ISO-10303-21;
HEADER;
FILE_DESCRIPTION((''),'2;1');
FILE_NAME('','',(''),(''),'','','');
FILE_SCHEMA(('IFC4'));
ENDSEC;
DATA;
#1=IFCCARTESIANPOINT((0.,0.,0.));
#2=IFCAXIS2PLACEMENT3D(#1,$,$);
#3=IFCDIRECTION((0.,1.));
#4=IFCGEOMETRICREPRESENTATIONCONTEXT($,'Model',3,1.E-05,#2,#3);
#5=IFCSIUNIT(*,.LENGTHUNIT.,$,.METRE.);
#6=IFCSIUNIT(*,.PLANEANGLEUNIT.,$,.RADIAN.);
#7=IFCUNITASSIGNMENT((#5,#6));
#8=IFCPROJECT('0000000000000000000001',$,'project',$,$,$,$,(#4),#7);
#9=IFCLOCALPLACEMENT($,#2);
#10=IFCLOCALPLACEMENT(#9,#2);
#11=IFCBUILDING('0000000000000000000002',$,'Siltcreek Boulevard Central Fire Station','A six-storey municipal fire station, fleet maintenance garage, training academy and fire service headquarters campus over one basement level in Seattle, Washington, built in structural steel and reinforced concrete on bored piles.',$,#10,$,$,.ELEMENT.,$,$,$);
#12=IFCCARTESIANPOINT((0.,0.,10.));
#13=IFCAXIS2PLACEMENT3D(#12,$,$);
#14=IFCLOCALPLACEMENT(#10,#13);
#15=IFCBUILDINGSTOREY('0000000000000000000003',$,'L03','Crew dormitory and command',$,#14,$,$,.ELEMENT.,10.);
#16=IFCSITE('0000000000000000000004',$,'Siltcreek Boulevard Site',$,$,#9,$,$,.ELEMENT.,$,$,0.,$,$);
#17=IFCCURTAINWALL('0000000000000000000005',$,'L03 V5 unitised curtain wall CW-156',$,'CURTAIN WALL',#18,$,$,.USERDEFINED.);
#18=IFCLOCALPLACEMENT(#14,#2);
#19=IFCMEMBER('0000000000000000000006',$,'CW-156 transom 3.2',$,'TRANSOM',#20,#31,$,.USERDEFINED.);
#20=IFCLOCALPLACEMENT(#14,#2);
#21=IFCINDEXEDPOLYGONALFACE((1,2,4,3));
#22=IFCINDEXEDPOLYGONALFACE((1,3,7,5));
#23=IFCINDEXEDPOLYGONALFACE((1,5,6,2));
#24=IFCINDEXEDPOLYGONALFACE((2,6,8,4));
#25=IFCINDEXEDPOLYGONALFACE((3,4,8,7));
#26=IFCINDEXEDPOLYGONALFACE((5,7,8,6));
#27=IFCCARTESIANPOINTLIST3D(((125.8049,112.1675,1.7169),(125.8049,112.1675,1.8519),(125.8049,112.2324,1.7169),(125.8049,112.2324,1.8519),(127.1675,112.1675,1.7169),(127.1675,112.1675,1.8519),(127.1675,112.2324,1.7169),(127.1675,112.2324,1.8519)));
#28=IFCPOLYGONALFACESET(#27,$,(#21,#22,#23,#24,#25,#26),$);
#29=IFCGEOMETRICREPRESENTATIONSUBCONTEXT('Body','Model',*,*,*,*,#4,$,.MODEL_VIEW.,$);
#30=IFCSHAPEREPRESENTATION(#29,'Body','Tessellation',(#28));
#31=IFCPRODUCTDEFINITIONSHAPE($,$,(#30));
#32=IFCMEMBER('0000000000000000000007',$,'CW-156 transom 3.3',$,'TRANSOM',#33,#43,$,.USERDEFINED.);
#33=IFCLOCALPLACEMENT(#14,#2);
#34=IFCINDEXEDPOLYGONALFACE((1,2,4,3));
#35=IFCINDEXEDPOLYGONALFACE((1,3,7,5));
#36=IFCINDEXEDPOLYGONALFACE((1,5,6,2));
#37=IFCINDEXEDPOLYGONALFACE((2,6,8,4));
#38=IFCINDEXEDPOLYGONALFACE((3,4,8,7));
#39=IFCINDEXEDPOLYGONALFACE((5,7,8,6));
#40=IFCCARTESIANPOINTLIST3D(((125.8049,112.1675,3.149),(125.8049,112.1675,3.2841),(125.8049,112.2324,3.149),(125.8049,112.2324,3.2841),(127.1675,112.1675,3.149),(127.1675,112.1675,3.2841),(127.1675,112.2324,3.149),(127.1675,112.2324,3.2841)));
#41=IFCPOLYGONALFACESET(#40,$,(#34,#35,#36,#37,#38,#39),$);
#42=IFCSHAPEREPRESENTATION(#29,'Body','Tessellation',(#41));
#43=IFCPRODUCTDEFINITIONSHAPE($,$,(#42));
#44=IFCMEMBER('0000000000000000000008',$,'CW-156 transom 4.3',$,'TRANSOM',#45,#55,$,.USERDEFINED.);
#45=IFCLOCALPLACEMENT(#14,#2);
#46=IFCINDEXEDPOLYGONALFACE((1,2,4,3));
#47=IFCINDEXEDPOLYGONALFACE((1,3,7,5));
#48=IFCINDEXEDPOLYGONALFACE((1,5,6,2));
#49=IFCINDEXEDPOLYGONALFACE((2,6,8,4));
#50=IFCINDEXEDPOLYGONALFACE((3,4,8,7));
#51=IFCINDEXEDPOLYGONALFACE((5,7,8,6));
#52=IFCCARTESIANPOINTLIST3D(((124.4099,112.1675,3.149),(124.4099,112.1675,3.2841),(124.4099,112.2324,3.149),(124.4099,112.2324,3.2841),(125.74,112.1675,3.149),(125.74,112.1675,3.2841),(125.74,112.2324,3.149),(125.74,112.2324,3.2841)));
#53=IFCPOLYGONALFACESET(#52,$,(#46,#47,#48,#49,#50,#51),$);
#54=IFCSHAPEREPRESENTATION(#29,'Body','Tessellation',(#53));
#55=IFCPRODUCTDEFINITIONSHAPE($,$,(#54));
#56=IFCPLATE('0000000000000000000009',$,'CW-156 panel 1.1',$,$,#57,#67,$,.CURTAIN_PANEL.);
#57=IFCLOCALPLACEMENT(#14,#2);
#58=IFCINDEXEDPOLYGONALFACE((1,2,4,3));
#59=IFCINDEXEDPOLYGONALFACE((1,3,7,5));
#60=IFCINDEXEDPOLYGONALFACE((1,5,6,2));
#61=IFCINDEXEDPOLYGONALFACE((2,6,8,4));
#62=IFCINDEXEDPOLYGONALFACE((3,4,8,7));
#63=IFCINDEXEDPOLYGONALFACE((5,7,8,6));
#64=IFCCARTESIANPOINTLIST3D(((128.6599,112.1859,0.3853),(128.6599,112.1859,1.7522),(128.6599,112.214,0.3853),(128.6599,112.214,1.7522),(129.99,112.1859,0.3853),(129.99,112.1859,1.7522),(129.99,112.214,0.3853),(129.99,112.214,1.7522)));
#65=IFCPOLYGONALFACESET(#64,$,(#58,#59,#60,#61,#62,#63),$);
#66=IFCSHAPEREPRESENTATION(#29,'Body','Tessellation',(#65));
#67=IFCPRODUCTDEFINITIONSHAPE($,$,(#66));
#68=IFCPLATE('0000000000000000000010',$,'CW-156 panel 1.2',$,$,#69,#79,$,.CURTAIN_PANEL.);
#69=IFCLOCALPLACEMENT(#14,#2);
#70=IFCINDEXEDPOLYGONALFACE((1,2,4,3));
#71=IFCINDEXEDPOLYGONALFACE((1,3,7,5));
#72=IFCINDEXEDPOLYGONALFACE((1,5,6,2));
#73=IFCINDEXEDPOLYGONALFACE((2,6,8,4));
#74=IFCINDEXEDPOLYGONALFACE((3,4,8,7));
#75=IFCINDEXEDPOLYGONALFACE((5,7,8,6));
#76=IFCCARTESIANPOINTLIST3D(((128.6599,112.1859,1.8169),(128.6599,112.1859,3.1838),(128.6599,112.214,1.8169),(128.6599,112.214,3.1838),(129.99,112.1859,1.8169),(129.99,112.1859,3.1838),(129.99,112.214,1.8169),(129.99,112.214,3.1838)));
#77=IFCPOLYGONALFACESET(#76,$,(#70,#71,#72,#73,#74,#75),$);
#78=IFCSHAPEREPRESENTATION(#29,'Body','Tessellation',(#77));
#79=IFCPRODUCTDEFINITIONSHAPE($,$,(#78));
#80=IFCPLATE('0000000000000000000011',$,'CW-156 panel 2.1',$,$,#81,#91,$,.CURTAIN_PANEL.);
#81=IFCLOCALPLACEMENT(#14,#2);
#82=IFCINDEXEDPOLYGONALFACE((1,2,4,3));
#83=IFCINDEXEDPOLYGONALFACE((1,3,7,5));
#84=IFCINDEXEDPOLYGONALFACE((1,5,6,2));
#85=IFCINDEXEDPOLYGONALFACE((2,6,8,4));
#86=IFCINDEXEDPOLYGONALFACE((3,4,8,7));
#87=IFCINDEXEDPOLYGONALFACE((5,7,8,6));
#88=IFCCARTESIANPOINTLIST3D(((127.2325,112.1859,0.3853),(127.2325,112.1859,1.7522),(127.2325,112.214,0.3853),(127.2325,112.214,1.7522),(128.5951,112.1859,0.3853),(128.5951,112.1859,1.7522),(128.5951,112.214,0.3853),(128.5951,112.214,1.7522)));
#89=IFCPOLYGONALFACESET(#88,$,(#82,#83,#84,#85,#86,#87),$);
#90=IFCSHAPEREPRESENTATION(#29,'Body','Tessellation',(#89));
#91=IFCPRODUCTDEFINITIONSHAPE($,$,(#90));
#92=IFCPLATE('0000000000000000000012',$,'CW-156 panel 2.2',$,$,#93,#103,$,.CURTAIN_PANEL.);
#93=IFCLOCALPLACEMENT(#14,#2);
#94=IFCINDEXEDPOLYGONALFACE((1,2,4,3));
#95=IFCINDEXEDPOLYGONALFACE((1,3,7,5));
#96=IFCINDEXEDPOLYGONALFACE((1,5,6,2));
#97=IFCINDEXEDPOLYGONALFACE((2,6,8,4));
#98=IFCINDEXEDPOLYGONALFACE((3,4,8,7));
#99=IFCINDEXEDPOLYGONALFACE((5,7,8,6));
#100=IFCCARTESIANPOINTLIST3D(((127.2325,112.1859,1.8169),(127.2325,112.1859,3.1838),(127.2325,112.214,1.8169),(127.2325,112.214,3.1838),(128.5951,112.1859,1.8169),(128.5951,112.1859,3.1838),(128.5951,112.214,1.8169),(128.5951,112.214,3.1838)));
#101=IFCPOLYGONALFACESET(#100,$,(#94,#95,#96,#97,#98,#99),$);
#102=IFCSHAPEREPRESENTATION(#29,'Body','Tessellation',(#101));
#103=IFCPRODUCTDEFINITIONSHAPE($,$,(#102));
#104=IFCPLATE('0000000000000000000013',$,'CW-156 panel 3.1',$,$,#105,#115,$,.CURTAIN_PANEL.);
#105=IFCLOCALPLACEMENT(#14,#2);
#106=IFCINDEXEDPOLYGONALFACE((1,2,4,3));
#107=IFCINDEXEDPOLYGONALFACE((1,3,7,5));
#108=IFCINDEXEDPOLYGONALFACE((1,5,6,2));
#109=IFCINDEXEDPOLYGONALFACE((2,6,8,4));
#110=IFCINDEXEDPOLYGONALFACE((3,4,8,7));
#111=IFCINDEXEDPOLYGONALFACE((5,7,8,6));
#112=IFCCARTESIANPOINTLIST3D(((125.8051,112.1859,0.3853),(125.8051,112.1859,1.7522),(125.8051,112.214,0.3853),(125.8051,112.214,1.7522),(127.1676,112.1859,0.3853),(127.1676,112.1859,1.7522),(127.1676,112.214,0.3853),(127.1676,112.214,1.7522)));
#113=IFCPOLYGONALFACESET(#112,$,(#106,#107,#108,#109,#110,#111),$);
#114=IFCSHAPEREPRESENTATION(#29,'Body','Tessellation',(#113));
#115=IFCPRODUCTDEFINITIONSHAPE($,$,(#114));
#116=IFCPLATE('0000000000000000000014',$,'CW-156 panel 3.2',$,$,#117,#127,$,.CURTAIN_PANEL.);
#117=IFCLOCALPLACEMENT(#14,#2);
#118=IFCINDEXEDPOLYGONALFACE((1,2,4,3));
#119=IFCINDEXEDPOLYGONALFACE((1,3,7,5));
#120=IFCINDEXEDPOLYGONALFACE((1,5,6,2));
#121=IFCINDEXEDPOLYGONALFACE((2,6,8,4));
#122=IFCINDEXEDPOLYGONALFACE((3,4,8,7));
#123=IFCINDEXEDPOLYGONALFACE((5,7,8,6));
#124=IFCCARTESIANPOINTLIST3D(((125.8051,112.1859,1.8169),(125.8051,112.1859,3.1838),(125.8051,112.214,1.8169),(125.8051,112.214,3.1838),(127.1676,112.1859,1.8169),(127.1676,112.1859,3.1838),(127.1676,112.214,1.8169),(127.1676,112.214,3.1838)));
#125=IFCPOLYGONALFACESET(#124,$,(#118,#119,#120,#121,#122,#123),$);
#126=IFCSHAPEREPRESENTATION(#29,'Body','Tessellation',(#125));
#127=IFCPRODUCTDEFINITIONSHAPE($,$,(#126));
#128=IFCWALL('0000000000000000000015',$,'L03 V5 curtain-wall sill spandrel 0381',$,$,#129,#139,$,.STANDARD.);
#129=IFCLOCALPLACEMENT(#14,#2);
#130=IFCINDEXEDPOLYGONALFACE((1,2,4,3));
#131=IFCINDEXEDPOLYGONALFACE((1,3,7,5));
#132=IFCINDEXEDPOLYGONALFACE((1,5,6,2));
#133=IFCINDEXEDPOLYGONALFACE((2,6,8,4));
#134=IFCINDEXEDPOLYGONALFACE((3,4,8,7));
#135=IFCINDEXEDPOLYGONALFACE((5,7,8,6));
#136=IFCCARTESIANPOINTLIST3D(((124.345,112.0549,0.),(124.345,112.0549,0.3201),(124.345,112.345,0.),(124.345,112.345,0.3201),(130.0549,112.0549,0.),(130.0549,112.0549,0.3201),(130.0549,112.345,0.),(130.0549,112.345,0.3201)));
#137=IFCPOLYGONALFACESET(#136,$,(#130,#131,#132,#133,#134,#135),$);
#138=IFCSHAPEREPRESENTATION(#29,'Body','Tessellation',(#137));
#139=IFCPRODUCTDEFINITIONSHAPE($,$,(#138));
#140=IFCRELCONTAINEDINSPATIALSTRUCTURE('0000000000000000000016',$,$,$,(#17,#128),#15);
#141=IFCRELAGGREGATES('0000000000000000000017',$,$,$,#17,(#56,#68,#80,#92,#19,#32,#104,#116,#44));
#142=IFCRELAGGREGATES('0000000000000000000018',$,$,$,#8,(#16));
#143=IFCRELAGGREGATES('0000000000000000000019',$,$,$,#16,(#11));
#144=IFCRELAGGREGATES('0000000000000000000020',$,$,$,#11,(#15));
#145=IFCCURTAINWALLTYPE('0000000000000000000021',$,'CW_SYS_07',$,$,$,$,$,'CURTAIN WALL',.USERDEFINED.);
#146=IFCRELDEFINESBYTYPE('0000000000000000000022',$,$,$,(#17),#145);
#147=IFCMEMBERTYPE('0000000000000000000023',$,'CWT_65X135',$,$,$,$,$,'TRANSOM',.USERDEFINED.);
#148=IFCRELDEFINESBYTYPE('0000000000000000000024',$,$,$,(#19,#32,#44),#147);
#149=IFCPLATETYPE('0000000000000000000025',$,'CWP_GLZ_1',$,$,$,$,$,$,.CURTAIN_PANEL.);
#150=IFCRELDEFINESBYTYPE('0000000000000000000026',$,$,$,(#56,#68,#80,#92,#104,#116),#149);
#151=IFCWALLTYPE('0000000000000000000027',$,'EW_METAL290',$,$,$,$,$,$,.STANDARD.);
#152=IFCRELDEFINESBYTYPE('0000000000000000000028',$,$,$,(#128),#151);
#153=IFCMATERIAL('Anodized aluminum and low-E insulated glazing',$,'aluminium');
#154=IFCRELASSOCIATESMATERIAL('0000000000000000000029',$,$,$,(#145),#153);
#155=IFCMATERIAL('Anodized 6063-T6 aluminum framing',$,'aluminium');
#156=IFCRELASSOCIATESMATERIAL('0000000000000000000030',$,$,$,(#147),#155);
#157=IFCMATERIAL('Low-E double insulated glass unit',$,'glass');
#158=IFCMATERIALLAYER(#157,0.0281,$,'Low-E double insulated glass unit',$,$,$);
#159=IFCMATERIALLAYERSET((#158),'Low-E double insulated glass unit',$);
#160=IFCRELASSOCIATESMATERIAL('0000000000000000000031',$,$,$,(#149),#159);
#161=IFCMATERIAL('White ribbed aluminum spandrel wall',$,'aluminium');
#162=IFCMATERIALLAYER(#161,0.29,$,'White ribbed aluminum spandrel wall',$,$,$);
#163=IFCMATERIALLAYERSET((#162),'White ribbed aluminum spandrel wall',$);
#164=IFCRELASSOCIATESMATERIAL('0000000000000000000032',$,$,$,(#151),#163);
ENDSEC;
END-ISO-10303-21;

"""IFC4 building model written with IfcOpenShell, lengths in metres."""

from ifc_helpers import new_model, si_unit, direction, frame, frame_2d, origin, origin_2d, place, context, subcontext, project, spatial, rectangle, extrude, material, layer, layer_set, material_profile, profile_set, type_object, element, aggregate, save


model = new_model("IFC4")

# Units and contexts
model_context = context("Model", 3, precision=1e-05, world=origin(), true_north=direction((0.0, 1.0)))
body_context = subcontext(model_context, "Body", "Model", "MODEL_VIEW")
ifc_project = project(units=[si_unit("LENGTHUNIT", "METRE"), si_unit("PLANEANGLEUNIT", "RADIAN")], contexts=[model_context])

# Site, building, storey
site_placement = place(None, origin())
site = spatial("IfcSite", under=ifc_project, at=site_placement, Name="Siltcreek Boulevard Site", CompositionType="ELEMENT", RefElevation=0.0)
building_placement = place(site_placement, origin())
building = spatial("IfcBuilding", under=site, at=building_placement, Name="Siltcreek Boulevard Central Fire Station", Description="A six-storey municipal fire station, fleet maintenance garage, training academy and fire service headquarters campus over one basement level in Seattle, Washington, built in structural steel and reinforced concrete on bored piles.", CompositionType="ELEMENT")
storey_placement = place(building_placement, frame((0.0, 0.0, 10.0)))
storey = spatial("IfcBuildingStorey", under=building, at=storey_placement, Name="L03", Description="Crew dormitory and command", CompositionType="ELEMENT", Elevation=10.0)

# Curtain wall, members, plates
ifc_material_1 = material(Name="Anodized aluminum and low-E insulated glazing", Category="aluminium")
curtain_wall_type = type_object("IfcCurtainWallType", Name="CW_SYS_07", ElementType="CURTAIN WALL", PredefinedType="USERDEFINED", material=ifc_material_1)
curtain_wall_placement = place(storey_placement, origin())
curtain_wall = element("IfcCurtainWall", 1, at=curtain_wall_placement, inside=storey, type_object=curtain_wall_type, Name="L03 V5 unitised curtain wall CW-156", ObjectType="CURTAIN WALL", PredefinedType="USERDEFINED")
ifc_material_2 = material(Name="Anodized 6063-T6 aluminum framing", Category="aluminium")
ifc_material_profile_1 = material_profile(ifc_material_2, rectangle(XDim=0.0649, YDim=0.135, at=origin_2d()), Name="TRAN65X135")
ifc_profile_set_1 = profile_set([ifc_material_profile_1], Name="Anodized 6063-T6 aluminum framing")
member_type_1 = type_object("IfcMemberType", Name="CWT_65X135", ElementType="TRANSOM", PredefinedType="USERDEFINED", material=ifc_profile_set_1)
member_1_placement = place(storey_placement, frame((127.1675, 112.2, 1.7844), z_axis=(-1.0, 0.0, 0.0), x_axis=(0.0, -1.0, 0.0)))
member_1 = element("IfcMember", 2, at=member_1_placement, type_object=member_type_1, Name="CW-156 transom 3.2", ObjectType="TRANSOM", PredefinedType="USERDEFINED", context=body_context, shape_type="SweptSolid", body=[
    extrude(rectangle(XDim=0.0649, YDim=0.135, at=origin_2d()), origin(), (0.0, 0.0, 1.0), 1.3625),
])
member_2_placement = place(storey_placement, frame((127.1675, 112.2, 3.2166), z_axis=(-1.0, 0.0, 0.0), x_axis=(0.0, -1.0, 0.0)))
member_2 = element("IfcMember", 3, at=member_2_placement, type_object=member_type_1, Name="CW-156 transom 3.3", ObjectType="TRANSOM", PredefinedType="USERDEFINED", context=body_context, shape_type="SweptSolid", body=[
    extrude(rectangle(XDim=0.0649, YDim=0.135, at=origin_2d()), origin(), (0.0, 0.0, 1.0), 1.3625),
])
member_3_placement = place(storey_placement, frame((125.74, 112.2, 3.2166), z_axis=(-1.0, 0.0, 0.0), x_axis=(0.0, -1.0, 0.0)))
member_3 = element("IfcMember", 4, at=member_3_placement, type_object=member_type_1, Name="CW-156 transom 4.3", ObjectType="TRANSOM", PredefinedType="USERDEFINED", context=body_context, shape_type="SweptSolid", body=[
    extrude(rectangle(XDim=0.0649, YDim=0.135, at=origin_2d()), origin(), (0.0, 0.0, 1.0), 1.3301),
])
ifc_material_3 = material(Name="Low-E double insulated glass unit", Category="glass")
ifc_layer_1 = layer(ifc_material_3, 0.0281, Name="Low-E double insulated glass unit")
ifc_layer_set_1 = layer_set([ifc_layer_1], Name="Low-E double insulated glass unit")
plate_type = type_object("IfcPlateType", Name="CWP_GLZ_1", PredefinedType="CURTAIN_PANEL", material=ifc_layer_set_1)
plate_1_placement = place(storey_placement, frame((129.325, 112.2, 0.3853), z_axis=(0.0, 0.0, 1.0), x_axis=(-1.0, 0.0, 0.0)))
plate_1 = element("IfcPlate", 5, at=plate_1_placement, type_object=plate_type, Name="CW-156 panel 1.1", PredefinedType="CURTAIN_PANEL", context=body_context, shape_type="SweptSolid", body=[
    extrude(rectangle(XDim=1.3301, YDim=0.0281, at=origin_2d()), origin(), (0.0, 0.0, 1.0), 1.3669),
])
plate_2_placement = place(storey_placement, frame((129.325, 112.2, 1.8169), z_axis=(0.0, 0.0, 1.0), x_axis=(-1.0, 0.0, 0.0)))
plate_2 = element("IfcPlate", 6, at=plate_2_placement, type_object=plate_type, Name="CW-156 panel 1.2", PredefinedType="CURTAIN_PANEL", context=body_context, shape_type="SweptSolid", body=[
    extrude(rectangle(XDim=1.3301, YDim=0.0281, at=origin_2d()), origin(), (0.0, 0.0, 1.0), 1.3669),
])
plate_3_placement = place(storey_placement, frame((127.9138, 112.2, 0.3853), z_axis=(0.0, 0.0, 1.0), x_axis=(-1.0, 0.0, 0.0)))
plate_3 = element("IfcPlate", 7, at=plate_3_placement, type_object=plate_type, Name="CW-156 panel 2.1", PredefinedType="CURTAIN_PANEL", context=body_context, shape_type="SweptSolid", body=[
    extrude(rectangle(XDim=1.3625, YDim=0.0281, at=origin_2d()), origin(), (0.0, 0.0, 1.0), 1.3669),
])
plate_4_placement = place(storey_placement, frame((127.9138, 112.2, 1.8169), z_axis=(0.0, 0.0, 1.0), x_axis=(-1.0, 0.0, 0.0)))
plate_4 = element("IfcPlate", 8, at=plate_4_placement, type_object=plate_type, Name="CW-156 panel 2.2", PredefinedType="CURTAIN_PANEL", context=body_context, shape_type="SweptSolid", body=[
    extrude(rectangle(XDim=1.3625, YDim=0.0281, at=origin_2d()), origin(), (0.0, 0.0, 1.0), 1.3669),
])
plate_5_placement = place(storey_placement, frame((126.4863, 112.2, 0.3853), z_axis=(0.0, 0.0, 1.0), x_axis=(-1.0, 0.0, 0.0)))
plate_5 = element("IfcPlate", 9, at=plate_5_placement, type_object=plate_type, Name="CW-156 panel 3.1", PredefinedType="CURTAIN_PANEL", context=body_context, shape_type="SweptSolid", body=[
    extrude(rectangle(XDim=1.3625, YDim=0.0281, at=origin_2d()), origin(), (0.0, 0.0, 1.0), 1.3669),
])
plate_6_placement = place(storey_placement, frame((126.4863, 112.2, 1.8169), z_axis=(0.0, 0.0, 1.0), x_axis=(-1.0, 0.0, 0.0)))
plate_6 = element("IfcPlate", 10, at=plate_6_placement, type_object=plate_type, Name="CW-156 panel 3.2", PredefinedType="CURTAIN_PANEL", context=body_context, shape_type="SweptSolid", body=[
    extrude(rectangle(XDim=1.3625, YDim=0.0281, at=origin_2d()), origin(), (0.0, 0.0, 1.0), 1.3669),
])
aggregate(curtain_wall, [plate_1, plate_2, plate_3, plate_4, member_1, member_2, plate_5, plate_6, member_3])

# Wall
ifc_material_4 = material(Name="White ribbed aluminum spandrel wall", Category="aluminium")
ifc_layer_2 = layer(ifc_material_4, 0.29, Name="White ribbed aluminum spandrel wall")
ifc_layer_set_2 = layer_set([ifc_layer_2], Name="White ribbed aluminum spandrel wall")
wall_type = type_object("IfcWallType", Name="EW_METAL290", PredefinedType="STANDARD", material=ifc_layer_set_2)
wall_placement = place(storey_placement, frame((130.0549, 112.2, 0.0), z_axis=(0.0, 0.0, 1.0), x_axis=(-1.0, 0.0, 0.0)))
element("IfcWall", 11, at=wall_placement, inside=storey, type_object=wall_type, Name="L03 V5 curtain-wall sill spandrel 0381", PredefinedType="STANDARD", context=body_context, shape_type="SweptSolid", body=[
    extrude(rectangle(XDim=5.71, YDim=0.29, at=frame_2d((2.855, 0.0))), origin(), (0.0, 0.0, 1.0), 0.3201),
])

save(model, "model.ifc")
